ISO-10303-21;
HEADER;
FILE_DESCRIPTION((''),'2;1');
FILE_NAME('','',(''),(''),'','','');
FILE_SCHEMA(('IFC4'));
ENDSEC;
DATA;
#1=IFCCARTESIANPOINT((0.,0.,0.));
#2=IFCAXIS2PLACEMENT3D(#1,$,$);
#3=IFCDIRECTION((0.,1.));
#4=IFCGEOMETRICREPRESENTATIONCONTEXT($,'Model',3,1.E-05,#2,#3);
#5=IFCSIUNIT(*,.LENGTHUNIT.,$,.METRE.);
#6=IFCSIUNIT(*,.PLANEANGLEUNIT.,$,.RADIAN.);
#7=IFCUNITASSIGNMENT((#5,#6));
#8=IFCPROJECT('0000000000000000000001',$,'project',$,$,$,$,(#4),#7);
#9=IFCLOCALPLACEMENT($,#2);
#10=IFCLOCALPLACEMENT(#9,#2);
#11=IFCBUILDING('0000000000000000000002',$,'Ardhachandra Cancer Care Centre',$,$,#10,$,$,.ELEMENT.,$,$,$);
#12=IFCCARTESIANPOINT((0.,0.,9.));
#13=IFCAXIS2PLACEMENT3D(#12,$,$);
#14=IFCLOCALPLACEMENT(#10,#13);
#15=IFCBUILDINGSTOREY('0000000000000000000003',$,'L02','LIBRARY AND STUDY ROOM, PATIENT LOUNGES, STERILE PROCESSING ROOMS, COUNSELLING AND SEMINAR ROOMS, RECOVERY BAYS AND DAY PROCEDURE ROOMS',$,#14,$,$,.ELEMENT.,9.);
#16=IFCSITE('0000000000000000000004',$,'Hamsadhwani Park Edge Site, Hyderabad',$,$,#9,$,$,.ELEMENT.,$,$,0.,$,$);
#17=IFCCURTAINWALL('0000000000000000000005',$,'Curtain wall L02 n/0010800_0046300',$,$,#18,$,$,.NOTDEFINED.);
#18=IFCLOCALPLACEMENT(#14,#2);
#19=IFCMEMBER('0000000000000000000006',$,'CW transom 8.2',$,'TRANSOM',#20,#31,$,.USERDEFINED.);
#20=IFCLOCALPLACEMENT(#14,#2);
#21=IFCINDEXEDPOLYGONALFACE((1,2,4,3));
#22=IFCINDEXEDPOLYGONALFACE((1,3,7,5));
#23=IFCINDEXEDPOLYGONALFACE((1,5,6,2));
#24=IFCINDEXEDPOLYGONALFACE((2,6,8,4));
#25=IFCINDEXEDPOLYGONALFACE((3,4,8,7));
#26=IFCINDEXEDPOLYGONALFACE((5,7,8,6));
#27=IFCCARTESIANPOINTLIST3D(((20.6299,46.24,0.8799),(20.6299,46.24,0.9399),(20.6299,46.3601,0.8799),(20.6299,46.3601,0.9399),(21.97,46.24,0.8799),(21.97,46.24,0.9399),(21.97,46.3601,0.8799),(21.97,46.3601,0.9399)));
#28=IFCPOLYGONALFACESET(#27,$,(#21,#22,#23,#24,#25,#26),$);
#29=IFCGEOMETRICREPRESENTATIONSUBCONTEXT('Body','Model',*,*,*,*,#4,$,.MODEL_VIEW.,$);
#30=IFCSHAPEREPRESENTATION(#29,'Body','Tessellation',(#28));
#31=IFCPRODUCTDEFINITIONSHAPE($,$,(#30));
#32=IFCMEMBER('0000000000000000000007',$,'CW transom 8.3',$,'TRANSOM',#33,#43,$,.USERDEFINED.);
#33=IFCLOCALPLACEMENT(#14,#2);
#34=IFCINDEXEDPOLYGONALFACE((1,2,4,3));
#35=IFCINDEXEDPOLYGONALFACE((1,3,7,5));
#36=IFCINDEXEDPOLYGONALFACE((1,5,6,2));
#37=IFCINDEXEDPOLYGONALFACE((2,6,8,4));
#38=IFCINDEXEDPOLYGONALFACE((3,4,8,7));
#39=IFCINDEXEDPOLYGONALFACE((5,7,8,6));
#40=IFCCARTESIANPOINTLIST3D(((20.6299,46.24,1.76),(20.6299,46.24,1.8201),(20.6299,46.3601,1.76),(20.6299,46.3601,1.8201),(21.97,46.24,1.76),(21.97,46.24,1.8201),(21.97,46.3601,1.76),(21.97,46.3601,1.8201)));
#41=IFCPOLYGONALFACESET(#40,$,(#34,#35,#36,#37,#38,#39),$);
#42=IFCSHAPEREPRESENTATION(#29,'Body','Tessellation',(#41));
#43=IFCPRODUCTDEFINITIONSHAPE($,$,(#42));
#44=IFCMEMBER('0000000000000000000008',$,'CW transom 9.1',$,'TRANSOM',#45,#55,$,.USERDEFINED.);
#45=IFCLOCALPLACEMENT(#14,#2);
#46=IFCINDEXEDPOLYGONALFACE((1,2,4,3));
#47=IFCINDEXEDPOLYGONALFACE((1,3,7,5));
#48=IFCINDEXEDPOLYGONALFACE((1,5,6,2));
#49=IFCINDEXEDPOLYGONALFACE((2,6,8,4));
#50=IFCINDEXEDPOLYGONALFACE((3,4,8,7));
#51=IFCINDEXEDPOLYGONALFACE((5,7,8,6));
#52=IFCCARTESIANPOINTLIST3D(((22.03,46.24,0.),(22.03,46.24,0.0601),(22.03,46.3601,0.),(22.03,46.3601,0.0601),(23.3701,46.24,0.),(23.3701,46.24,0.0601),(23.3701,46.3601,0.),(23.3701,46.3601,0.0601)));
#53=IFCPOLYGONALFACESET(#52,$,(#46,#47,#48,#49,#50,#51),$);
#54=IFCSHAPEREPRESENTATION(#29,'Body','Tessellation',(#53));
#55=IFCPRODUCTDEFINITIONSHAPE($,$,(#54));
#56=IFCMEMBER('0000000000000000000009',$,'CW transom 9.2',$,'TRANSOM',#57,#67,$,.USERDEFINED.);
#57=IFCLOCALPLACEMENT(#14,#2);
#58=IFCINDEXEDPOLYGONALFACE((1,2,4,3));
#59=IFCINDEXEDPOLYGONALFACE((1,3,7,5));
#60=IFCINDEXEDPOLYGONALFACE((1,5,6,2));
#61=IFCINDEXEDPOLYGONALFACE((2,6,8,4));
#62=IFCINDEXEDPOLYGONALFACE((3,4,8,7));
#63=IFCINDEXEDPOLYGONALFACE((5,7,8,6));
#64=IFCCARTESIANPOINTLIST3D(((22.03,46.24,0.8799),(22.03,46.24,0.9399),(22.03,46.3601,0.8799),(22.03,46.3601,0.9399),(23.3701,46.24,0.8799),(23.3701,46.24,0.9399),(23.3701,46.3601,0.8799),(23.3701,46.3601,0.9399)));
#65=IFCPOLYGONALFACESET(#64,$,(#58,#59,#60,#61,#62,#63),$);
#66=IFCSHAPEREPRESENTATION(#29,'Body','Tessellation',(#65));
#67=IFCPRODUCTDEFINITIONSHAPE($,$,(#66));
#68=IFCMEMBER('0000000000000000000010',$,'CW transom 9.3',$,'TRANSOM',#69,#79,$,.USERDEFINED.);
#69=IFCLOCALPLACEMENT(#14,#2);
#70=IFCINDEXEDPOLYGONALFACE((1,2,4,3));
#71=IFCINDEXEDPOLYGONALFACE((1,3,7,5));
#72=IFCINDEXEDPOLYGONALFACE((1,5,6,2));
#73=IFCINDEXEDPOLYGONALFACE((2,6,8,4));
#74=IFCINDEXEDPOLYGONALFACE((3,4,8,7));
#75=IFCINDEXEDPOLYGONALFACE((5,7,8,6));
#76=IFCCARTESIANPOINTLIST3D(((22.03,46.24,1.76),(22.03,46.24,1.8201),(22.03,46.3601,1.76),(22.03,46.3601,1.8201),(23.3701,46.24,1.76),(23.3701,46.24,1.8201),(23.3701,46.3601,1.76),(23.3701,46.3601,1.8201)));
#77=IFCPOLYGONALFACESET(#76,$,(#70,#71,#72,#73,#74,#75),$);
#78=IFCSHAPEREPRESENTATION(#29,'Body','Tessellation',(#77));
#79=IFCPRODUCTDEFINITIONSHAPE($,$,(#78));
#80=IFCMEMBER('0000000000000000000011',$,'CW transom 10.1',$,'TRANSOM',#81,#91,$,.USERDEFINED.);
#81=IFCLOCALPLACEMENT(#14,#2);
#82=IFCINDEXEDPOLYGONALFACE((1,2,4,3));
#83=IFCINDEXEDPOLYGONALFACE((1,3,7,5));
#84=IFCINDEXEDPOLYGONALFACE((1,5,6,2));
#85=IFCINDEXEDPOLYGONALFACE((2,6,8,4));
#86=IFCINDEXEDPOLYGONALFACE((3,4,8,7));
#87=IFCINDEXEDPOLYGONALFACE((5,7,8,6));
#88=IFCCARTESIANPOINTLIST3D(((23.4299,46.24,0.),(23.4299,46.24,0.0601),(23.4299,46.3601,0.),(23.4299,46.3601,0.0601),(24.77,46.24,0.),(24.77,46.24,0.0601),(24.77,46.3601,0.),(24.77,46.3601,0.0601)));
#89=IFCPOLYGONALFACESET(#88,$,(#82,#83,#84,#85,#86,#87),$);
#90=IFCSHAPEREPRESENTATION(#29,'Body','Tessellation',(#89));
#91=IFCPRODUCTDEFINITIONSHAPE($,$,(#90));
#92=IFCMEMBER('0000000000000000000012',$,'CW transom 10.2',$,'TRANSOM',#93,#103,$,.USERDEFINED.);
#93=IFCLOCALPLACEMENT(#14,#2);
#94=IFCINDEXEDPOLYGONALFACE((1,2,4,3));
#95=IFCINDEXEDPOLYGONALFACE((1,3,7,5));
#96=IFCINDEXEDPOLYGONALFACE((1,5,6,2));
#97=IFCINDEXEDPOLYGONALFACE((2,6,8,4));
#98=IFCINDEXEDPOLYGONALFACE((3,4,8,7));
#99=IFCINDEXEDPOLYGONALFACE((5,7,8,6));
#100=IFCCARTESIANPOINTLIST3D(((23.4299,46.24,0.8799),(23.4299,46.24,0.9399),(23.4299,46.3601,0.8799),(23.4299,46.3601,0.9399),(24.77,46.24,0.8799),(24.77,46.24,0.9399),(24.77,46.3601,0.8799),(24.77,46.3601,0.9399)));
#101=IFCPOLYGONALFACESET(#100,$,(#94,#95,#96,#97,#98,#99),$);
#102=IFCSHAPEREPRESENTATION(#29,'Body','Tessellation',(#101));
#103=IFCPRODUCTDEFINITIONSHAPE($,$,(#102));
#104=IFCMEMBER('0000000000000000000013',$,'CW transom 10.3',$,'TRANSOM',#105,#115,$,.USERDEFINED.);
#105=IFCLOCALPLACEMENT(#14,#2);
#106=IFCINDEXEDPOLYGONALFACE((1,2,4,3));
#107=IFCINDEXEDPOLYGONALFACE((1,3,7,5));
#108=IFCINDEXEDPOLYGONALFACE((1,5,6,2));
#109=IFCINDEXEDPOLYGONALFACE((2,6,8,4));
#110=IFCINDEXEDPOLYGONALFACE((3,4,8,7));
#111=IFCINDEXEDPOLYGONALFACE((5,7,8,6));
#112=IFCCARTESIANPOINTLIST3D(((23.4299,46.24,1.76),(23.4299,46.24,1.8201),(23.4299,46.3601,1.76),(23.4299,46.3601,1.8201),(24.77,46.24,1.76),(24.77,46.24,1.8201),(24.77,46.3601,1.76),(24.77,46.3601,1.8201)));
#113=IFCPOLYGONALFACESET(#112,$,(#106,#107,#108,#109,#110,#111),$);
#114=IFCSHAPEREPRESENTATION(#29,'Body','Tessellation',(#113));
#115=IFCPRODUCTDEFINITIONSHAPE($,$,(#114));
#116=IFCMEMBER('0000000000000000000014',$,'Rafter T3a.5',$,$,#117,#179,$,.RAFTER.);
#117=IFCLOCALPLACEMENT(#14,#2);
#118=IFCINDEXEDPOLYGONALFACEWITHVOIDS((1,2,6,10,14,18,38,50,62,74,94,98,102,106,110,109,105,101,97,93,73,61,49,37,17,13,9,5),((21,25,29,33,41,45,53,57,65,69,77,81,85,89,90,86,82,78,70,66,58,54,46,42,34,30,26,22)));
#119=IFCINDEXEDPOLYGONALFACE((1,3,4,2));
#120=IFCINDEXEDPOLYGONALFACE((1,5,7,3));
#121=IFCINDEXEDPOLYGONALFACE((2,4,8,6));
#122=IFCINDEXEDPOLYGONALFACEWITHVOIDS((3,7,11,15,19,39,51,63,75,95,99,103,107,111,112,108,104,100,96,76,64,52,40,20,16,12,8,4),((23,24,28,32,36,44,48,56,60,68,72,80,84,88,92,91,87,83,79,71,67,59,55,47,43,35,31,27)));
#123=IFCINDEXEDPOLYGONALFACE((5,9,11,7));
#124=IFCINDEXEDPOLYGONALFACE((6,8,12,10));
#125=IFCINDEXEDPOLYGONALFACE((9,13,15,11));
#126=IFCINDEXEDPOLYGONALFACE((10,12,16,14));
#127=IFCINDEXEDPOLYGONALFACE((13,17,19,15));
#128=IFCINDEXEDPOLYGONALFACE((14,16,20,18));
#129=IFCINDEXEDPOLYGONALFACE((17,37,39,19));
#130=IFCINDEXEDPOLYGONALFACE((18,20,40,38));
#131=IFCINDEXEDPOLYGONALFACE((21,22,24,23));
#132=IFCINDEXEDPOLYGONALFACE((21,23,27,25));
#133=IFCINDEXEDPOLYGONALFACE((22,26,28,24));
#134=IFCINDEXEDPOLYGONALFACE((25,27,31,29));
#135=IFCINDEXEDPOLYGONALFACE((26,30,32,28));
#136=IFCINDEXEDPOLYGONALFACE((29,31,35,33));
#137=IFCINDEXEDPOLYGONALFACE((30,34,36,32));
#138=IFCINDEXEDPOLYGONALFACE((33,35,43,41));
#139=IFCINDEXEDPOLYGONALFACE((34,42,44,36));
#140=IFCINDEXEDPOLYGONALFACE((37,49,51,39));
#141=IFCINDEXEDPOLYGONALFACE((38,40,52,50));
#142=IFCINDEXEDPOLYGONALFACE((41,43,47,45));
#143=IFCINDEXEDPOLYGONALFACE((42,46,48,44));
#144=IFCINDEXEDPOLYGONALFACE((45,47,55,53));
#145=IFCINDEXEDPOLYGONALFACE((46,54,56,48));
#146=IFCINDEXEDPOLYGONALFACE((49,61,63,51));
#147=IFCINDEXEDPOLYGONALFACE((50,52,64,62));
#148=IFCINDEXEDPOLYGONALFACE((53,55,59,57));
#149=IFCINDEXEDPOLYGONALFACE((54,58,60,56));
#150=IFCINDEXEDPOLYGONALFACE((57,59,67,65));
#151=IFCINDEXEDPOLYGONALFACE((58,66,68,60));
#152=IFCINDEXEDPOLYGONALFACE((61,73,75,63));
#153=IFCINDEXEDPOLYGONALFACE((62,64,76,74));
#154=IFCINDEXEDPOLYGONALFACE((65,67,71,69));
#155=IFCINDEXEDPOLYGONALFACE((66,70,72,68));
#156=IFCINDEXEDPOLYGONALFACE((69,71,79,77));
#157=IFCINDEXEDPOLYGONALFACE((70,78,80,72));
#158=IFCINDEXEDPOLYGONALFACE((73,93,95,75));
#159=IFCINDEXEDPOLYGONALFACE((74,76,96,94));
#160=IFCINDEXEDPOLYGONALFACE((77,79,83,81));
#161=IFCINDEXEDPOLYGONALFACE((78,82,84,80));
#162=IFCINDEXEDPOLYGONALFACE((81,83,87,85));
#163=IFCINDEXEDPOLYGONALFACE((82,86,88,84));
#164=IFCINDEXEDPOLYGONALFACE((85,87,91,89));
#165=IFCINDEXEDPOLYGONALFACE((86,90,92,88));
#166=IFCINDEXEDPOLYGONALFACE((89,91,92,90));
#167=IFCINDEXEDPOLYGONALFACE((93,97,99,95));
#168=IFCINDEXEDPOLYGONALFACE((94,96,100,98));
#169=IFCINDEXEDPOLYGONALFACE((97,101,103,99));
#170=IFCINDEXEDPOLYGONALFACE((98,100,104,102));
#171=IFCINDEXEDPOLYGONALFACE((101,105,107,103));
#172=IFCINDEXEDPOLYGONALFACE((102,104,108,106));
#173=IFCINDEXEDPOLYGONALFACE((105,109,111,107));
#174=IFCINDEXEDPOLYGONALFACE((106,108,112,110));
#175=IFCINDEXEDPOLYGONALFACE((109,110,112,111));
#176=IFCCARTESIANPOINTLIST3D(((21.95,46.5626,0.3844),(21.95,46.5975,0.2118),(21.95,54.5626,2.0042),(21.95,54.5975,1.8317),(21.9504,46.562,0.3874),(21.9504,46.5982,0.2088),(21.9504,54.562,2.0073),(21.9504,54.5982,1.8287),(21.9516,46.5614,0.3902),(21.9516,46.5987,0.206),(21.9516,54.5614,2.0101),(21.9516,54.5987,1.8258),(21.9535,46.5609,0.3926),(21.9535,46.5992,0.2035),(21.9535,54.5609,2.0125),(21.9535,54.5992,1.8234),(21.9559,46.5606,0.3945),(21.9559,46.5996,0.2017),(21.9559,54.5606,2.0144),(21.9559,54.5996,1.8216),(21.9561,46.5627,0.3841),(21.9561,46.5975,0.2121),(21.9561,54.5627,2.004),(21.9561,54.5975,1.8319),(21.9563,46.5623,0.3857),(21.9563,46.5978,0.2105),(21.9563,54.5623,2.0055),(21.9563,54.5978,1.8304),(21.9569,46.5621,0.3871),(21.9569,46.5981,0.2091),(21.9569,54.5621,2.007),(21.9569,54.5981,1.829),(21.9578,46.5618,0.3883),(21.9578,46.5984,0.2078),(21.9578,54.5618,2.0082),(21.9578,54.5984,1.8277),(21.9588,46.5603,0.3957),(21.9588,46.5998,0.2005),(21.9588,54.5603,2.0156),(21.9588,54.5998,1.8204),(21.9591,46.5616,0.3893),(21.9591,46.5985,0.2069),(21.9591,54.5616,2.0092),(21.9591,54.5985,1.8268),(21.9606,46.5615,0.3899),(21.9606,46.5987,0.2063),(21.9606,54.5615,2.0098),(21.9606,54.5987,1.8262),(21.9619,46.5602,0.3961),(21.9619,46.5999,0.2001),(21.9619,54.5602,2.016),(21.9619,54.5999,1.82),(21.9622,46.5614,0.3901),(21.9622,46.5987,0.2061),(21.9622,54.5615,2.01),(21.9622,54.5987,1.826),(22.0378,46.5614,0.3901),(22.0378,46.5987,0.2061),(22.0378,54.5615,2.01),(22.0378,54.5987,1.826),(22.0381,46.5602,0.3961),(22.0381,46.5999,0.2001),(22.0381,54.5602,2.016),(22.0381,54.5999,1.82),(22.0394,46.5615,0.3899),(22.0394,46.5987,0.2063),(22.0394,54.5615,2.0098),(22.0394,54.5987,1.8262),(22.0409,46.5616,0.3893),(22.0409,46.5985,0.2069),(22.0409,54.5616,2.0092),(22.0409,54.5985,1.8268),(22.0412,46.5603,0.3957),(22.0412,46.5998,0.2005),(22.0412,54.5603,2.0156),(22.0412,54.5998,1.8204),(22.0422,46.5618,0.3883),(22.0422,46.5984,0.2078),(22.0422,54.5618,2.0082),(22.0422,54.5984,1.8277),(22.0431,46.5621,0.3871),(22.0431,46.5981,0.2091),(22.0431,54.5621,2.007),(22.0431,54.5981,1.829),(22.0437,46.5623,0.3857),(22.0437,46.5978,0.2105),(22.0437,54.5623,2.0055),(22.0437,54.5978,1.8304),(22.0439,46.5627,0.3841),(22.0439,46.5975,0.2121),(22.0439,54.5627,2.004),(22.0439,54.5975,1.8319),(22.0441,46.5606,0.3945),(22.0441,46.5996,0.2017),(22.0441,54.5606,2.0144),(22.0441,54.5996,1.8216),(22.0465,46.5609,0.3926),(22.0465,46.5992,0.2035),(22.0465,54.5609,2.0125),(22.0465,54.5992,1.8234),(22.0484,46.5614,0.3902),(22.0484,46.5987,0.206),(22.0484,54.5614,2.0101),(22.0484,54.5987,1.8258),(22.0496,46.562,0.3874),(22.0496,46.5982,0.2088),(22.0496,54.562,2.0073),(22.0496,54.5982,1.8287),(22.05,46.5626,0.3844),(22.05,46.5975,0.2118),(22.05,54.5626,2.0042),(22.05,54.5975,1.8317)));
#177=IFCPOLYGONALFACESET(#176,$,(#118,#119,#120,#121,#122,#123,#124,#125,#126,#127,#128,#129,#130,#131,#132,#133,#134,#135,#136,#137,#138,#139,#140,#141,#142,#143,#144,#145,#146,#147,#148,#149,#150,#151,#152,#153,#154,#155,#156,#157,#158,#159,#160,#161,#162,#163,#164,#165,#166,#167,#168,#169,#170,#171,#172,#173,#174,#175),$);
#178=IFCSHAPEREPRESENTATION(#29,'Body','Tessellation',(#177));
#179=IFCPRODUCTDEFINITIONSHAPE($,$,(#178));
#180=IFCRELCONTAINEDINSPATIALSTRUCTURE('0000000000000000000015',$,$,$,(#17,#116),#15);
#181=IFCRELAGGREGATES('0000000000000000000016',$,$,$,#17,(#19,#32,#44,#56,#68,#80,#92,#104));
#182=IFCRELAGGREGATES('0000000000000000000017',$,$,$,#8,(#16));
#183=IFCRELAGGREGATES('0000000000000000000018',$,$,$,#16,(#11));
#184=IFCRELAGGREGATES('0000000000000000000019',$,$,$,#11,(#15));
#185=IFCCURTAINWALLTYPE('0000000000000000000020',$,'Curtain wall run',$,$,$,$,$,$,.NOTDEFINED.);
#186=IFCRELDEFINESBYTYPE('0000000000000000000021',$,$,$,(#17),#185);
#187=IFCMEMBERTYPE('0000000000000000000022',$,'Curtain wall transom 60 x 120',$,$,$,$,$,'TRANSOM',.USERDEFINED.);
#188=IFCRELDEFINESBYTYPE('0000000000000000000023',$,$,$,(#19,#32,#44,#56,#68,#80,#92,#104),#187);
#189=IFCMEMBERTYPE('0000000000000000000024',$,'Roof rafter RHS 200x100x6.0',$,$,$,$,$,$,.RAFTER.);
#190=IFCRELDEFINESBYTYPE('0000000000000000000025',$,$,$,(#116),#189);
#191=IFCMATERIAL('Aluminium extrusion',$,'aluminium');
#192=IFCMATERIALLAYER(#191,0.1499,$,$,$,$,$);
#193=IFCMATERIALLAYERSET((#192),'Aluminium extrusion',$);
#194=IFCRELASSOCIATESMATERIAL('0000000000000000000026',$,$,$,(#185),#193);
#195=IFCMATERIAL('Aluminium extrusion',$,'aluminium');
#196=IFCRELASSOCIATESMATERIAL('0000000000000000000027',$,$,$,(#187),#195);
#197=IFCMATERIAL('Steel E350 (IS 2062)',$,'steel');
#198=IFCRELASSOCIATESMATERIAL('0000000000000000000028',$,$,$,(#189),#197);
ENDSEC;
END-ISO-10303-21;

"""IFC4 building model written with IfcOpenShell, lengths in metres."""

from ifc_helpers import new_model, si_unit, direction, frame, origin, origin_2d, place, context, subcontext, project, spatial, rectangle, hollow_rectangle, extrude, material, layer, layer_set, material_profile, profile_set, type_object, element, aggregate, save


model = new_model("IFC4")

# Units and contexts
model_context = context("Model", 3, precision=1e-05, world=origin(), true_north=direction((0.0, 1.0)))
body_context = subcontext(model_context, "Body", "Model", "MODEL_VIEW")
ifc_project = project(units=[si_unit("LENGTHUNIT", "METRE"), si_unit("PLANEANGLEUNIT", "RADIAN")], contexts=[model_context])

# Site, building, storey
site_placement = place(None, origin())
site = spatial("IfcSite", under=ifc_project, at=site_placement, Name="Hamsadhwani Park Edge Site, Hyderabad", CompositionType="ELEMENT", RefElevation=0.0)
building_placement = place(site_placement, origin())
building = spatial("IfcBuilding", under=site, at=building_placement, Name="Ardhachandra Cancer Care Centre", CompositionType="ELEMENT")
storey_placement = place(building_placement, frame((0.0, 0.0, 9.0)))
storey = spatial("IfcBuildingStorey", under=building, at=storey_placement, Name="L02", Description="LIBRARY AND STUDY ROOM, PATIENT LOUNGES, STERILE PROCESSING ROOMS, COUNSELLING AND SEMINAR ROOMS, RECOVERY BAYS AND DAY PROCEDURE ROOMS", CompositionType="ELEMENT", Elevation=9.0)

# Curtain wall, members
ifc_material_1 = material(Name="Aluminium extrusion", Category="aluminium")
ifc_layer_1 = layer(ifc_material_1, 0.1499)
ifc_layer_set_1 = layer_set([ifc_layer_1], Name="Aluminium extrusion")
curtain_wall_type = type_object("IfcCurtainWallType", Name="Curtain wall run", PredefinedType="NOTDEFINED", material=ifc_layer_set_1)
curtain_wall_placement = place(storey_placement, origin())
curtain_wall = element("IfcCurtainWall", 1, at=curtain_wall_placement, inside=storey, type_object=curtain_wall_type, Name="Curtain wall L02 n/0010800_0046300", PredefinedType="NOTDEFINED")
ifc_material_2 = material(Name="Aluminium extrusion", Category="aluminium")
ifc_material_profile_1 = material_profile(ifc_material_2, rectangle(XDim=0.1201, YDim=0.0601, at=origin_2d()), Name="Curtain wall transom 60 x 120")
ifc_profile_set_1 = profile_set([ifc_material_profile_1], Name="Aluminium extrusion")
member_type_1 = type_object("IfcMemberType", Name="Curtain wall transom 60 x 120", ElementType="TRANSOM", PredefinedType="USERDEFINED", material=ifc_profile_set_1)
member_1_placement = place(storey_placement, frame((20.6299, 46.3, 0.9099), z_axis=(1.0, 0.0, 0.0), x_axis=(0.0, 1.0, 0.0)))
member_1 = element("IfcMember", 2, at=member_1_placement, type_object=member_type_1, Name="CW transom 8.2", ObjectType="TRANSOM", PredefinedType="USERDEFINED", context=body_context, shape_type="SweptSolid", body=[
    extrude(rectangle(XDim=0.1201, YDim=0.0601, at=origin_2d()), origin(), (0.0, 0.0, 1.0), 1.3401),
])
member_2_placement = place(storey_placement, frame((20.6299, 46.3, 1.79), z_axis=(1.0, 0.0, 0.0), x_axis=(0.0, 1.0, 0.0)))
member_2 = element("IfcMember", 3, at=member_2_placement, type_object=member_type_1, Name="CW transom 8.3", ObjectType="TRANSOM", PredefinedType="USERDEFINED", context=body_context, shape_type="SweptSolid", body=[
    extrude(rectangle(XDim=0.1201, YDim=0.0601, at=origin_2d()), origin(), (0.0, 0.0, 1.0), 1.3401),
])
member_3_placement = place(storey_placement, frame((22.03, 46.3, 0.03), z_axis=(1.0, 0.0, 0.0), x_axis=(0.0, 1.0, 0.0)))
member_3 = element("IfcMember", 4, at=member_3_placement, type_object=member_type_1, Name="CW transom 9.1", ObjectType="TRANSOM", PredefinedType="USERDEFINED", context=body_context, shape_type="SweptSolid", body=[
    extrude(rectangle(XDim=0.1201, YDim=0.0601, at=origin_2d()), origin(), (0.0, 0.0, 1.0), 1.3401),
])
member_4_placement = place(storey_placement, frame((22.03, 46.3, 0.9099), z_axis=(1.0, 0.0, 0.0), x_axis=(0.0, 1.0, 0.0)))
member_4 = element("IfcMember", 5, at=member_4_placement, type_object=member_type_1, Name="CW transom 9.2", ObjectType="TRANSOM", PredefinedType="USERDEFINED", context=body_context, shape_type="SweptSolid", body=[
    extrude(rectangle(XDim=0.1201, YDim=0.0601, at=origin_2d()), origin(), (0.0, 0.0, 1.0), 1.3401),
])
member_5_placement = place(storey_placement, frame((22.03, 46.3, 1.79), z_axis=(1.0, 0.0, 0.0), x_axis=(0.0, 1.0, 0.0)))
member_5 = element("IfcMember", 6, at=member_5_placement, type_object=member_type_1, Name="CW transom 9.3", ObjectType="TRANSOM", PredefinedType="USERDEFINED", context=body_context, shape_type="SweptSolid", body=[
    extrude(rectangle(XDim=0.1201, YDim=0.0601, at=origin_2d()), origin(), (0.0, 0.0, 1.0), 1.3401),
])
member_6_placement = place(storey_placement, frame((23.4299, 46.3, 0.03), z_axis=(1.0, 0.0, 0.0), x_axis=(0.0, 1.0, 0.0)))
member_6 = element("IfcMember", 7, at=member_6_placement, type_object=member_type_1, Name="CW transom 10.1", ObjectType="TRANSOM", PredefinedType="USERDEFINED", context=body_context, shape_type="SweptSolid", body=[
    extrude(rectangle(XDim=0.1201, YDim=0.0601, at=origin_2d()), origin(), (0.0, 0.0, 1.0), 1.3401),
])
member_7_placement = place(storey_placement, frame((23.4299, 46.3, 0.9099), z_axis=(1.0, 0.0, 0.0), x_axis=(0.0, 1.0, 0.0)))
member_7 = element("IfcMember", 8, at=member_7_placement, type_object=member_type_1, Name="CW transom 10.2", ObjectType="TRANSOM", PredefinedType="USERDEFINED", context=body_context, shape_type="SweptSolid", body=[
    extrude(rectangle(XDim=0.1201, YDim=0.0601, at=origin_2d()), origin(), (0.0, 0.0, 1.0), 1.3401),
])
member_8_placement = place(storey_placement, frame((23.4299, 46.3, 1.79), z_axis=(1.0, 0.0, 0.0), x_axis=(0.0, 1.0, 0.0)))
member_8 = element("IfcMember", 9, at=member_8_placement, type_object=member_type_1, Name="CW transom 10.3", ObjectType="TRANSOM", PredefinedType="USERDEFINED", context=body_context, shape_type="SweptSolid", body=[
    extrude(rectangle(XDim=0.1201, YDim=0.0601, at=origin_2d()), origin(), (0.0, 0.0, 1.0), 1.3401),
])

# Member
ifc_material_3 = material(Name="Steel E350 (IS 2062)", Category="steel")
ifc_material_profile_2 = material_profile(ifc_material_3, hollow_rectangle(XDim=0.1001, YDim=0.2, WallThickness=0.0061, InnerFilletRadius=0.0061, OuterFilletRadius=0.012, at=origin_2d()), Name="RHS 200x100x6.0")
ifc_profile_set_2 = profile_set([ifc_material_profile_2], Name="Steel E350 (IS 2062)")
member_type_2 = type_object("IfcMemberType", Name="Roof rafter RHS 200x100x6.0", PredefinedType="RAFTER", material=ifc_profile_set_2)
member_9_placement = place(storey_placement, frame((22.0, 46.5801, 0.2981), z_axis=(0.0, 0.98011, 0.198457), x_axis=(-1.0, 0.0, 0.0)))
element("IfcMember", 10, at=member_9_placement, inside=storey, type_object=member_type_2, Name="Rafter T3a.5", PredefinedType="RAFTER", context=body_context, shape_type="SweptSolid", body=[
    extrude(hollow_rectangle(XDim=0.1001, YDim=0.2, WallThickness=0.0061, InnerFilletRadius=0.0061, OuterFilletRadius=0.012, at=origin_2d()), origin(), (0.0, 0.0, 1.0), 8.1624),
])

aggregate(curtain_wall, [member_1, member_2, member_3, member_4, member_5, member_6, member_7, member_8])

save(model, "model.ifc")
